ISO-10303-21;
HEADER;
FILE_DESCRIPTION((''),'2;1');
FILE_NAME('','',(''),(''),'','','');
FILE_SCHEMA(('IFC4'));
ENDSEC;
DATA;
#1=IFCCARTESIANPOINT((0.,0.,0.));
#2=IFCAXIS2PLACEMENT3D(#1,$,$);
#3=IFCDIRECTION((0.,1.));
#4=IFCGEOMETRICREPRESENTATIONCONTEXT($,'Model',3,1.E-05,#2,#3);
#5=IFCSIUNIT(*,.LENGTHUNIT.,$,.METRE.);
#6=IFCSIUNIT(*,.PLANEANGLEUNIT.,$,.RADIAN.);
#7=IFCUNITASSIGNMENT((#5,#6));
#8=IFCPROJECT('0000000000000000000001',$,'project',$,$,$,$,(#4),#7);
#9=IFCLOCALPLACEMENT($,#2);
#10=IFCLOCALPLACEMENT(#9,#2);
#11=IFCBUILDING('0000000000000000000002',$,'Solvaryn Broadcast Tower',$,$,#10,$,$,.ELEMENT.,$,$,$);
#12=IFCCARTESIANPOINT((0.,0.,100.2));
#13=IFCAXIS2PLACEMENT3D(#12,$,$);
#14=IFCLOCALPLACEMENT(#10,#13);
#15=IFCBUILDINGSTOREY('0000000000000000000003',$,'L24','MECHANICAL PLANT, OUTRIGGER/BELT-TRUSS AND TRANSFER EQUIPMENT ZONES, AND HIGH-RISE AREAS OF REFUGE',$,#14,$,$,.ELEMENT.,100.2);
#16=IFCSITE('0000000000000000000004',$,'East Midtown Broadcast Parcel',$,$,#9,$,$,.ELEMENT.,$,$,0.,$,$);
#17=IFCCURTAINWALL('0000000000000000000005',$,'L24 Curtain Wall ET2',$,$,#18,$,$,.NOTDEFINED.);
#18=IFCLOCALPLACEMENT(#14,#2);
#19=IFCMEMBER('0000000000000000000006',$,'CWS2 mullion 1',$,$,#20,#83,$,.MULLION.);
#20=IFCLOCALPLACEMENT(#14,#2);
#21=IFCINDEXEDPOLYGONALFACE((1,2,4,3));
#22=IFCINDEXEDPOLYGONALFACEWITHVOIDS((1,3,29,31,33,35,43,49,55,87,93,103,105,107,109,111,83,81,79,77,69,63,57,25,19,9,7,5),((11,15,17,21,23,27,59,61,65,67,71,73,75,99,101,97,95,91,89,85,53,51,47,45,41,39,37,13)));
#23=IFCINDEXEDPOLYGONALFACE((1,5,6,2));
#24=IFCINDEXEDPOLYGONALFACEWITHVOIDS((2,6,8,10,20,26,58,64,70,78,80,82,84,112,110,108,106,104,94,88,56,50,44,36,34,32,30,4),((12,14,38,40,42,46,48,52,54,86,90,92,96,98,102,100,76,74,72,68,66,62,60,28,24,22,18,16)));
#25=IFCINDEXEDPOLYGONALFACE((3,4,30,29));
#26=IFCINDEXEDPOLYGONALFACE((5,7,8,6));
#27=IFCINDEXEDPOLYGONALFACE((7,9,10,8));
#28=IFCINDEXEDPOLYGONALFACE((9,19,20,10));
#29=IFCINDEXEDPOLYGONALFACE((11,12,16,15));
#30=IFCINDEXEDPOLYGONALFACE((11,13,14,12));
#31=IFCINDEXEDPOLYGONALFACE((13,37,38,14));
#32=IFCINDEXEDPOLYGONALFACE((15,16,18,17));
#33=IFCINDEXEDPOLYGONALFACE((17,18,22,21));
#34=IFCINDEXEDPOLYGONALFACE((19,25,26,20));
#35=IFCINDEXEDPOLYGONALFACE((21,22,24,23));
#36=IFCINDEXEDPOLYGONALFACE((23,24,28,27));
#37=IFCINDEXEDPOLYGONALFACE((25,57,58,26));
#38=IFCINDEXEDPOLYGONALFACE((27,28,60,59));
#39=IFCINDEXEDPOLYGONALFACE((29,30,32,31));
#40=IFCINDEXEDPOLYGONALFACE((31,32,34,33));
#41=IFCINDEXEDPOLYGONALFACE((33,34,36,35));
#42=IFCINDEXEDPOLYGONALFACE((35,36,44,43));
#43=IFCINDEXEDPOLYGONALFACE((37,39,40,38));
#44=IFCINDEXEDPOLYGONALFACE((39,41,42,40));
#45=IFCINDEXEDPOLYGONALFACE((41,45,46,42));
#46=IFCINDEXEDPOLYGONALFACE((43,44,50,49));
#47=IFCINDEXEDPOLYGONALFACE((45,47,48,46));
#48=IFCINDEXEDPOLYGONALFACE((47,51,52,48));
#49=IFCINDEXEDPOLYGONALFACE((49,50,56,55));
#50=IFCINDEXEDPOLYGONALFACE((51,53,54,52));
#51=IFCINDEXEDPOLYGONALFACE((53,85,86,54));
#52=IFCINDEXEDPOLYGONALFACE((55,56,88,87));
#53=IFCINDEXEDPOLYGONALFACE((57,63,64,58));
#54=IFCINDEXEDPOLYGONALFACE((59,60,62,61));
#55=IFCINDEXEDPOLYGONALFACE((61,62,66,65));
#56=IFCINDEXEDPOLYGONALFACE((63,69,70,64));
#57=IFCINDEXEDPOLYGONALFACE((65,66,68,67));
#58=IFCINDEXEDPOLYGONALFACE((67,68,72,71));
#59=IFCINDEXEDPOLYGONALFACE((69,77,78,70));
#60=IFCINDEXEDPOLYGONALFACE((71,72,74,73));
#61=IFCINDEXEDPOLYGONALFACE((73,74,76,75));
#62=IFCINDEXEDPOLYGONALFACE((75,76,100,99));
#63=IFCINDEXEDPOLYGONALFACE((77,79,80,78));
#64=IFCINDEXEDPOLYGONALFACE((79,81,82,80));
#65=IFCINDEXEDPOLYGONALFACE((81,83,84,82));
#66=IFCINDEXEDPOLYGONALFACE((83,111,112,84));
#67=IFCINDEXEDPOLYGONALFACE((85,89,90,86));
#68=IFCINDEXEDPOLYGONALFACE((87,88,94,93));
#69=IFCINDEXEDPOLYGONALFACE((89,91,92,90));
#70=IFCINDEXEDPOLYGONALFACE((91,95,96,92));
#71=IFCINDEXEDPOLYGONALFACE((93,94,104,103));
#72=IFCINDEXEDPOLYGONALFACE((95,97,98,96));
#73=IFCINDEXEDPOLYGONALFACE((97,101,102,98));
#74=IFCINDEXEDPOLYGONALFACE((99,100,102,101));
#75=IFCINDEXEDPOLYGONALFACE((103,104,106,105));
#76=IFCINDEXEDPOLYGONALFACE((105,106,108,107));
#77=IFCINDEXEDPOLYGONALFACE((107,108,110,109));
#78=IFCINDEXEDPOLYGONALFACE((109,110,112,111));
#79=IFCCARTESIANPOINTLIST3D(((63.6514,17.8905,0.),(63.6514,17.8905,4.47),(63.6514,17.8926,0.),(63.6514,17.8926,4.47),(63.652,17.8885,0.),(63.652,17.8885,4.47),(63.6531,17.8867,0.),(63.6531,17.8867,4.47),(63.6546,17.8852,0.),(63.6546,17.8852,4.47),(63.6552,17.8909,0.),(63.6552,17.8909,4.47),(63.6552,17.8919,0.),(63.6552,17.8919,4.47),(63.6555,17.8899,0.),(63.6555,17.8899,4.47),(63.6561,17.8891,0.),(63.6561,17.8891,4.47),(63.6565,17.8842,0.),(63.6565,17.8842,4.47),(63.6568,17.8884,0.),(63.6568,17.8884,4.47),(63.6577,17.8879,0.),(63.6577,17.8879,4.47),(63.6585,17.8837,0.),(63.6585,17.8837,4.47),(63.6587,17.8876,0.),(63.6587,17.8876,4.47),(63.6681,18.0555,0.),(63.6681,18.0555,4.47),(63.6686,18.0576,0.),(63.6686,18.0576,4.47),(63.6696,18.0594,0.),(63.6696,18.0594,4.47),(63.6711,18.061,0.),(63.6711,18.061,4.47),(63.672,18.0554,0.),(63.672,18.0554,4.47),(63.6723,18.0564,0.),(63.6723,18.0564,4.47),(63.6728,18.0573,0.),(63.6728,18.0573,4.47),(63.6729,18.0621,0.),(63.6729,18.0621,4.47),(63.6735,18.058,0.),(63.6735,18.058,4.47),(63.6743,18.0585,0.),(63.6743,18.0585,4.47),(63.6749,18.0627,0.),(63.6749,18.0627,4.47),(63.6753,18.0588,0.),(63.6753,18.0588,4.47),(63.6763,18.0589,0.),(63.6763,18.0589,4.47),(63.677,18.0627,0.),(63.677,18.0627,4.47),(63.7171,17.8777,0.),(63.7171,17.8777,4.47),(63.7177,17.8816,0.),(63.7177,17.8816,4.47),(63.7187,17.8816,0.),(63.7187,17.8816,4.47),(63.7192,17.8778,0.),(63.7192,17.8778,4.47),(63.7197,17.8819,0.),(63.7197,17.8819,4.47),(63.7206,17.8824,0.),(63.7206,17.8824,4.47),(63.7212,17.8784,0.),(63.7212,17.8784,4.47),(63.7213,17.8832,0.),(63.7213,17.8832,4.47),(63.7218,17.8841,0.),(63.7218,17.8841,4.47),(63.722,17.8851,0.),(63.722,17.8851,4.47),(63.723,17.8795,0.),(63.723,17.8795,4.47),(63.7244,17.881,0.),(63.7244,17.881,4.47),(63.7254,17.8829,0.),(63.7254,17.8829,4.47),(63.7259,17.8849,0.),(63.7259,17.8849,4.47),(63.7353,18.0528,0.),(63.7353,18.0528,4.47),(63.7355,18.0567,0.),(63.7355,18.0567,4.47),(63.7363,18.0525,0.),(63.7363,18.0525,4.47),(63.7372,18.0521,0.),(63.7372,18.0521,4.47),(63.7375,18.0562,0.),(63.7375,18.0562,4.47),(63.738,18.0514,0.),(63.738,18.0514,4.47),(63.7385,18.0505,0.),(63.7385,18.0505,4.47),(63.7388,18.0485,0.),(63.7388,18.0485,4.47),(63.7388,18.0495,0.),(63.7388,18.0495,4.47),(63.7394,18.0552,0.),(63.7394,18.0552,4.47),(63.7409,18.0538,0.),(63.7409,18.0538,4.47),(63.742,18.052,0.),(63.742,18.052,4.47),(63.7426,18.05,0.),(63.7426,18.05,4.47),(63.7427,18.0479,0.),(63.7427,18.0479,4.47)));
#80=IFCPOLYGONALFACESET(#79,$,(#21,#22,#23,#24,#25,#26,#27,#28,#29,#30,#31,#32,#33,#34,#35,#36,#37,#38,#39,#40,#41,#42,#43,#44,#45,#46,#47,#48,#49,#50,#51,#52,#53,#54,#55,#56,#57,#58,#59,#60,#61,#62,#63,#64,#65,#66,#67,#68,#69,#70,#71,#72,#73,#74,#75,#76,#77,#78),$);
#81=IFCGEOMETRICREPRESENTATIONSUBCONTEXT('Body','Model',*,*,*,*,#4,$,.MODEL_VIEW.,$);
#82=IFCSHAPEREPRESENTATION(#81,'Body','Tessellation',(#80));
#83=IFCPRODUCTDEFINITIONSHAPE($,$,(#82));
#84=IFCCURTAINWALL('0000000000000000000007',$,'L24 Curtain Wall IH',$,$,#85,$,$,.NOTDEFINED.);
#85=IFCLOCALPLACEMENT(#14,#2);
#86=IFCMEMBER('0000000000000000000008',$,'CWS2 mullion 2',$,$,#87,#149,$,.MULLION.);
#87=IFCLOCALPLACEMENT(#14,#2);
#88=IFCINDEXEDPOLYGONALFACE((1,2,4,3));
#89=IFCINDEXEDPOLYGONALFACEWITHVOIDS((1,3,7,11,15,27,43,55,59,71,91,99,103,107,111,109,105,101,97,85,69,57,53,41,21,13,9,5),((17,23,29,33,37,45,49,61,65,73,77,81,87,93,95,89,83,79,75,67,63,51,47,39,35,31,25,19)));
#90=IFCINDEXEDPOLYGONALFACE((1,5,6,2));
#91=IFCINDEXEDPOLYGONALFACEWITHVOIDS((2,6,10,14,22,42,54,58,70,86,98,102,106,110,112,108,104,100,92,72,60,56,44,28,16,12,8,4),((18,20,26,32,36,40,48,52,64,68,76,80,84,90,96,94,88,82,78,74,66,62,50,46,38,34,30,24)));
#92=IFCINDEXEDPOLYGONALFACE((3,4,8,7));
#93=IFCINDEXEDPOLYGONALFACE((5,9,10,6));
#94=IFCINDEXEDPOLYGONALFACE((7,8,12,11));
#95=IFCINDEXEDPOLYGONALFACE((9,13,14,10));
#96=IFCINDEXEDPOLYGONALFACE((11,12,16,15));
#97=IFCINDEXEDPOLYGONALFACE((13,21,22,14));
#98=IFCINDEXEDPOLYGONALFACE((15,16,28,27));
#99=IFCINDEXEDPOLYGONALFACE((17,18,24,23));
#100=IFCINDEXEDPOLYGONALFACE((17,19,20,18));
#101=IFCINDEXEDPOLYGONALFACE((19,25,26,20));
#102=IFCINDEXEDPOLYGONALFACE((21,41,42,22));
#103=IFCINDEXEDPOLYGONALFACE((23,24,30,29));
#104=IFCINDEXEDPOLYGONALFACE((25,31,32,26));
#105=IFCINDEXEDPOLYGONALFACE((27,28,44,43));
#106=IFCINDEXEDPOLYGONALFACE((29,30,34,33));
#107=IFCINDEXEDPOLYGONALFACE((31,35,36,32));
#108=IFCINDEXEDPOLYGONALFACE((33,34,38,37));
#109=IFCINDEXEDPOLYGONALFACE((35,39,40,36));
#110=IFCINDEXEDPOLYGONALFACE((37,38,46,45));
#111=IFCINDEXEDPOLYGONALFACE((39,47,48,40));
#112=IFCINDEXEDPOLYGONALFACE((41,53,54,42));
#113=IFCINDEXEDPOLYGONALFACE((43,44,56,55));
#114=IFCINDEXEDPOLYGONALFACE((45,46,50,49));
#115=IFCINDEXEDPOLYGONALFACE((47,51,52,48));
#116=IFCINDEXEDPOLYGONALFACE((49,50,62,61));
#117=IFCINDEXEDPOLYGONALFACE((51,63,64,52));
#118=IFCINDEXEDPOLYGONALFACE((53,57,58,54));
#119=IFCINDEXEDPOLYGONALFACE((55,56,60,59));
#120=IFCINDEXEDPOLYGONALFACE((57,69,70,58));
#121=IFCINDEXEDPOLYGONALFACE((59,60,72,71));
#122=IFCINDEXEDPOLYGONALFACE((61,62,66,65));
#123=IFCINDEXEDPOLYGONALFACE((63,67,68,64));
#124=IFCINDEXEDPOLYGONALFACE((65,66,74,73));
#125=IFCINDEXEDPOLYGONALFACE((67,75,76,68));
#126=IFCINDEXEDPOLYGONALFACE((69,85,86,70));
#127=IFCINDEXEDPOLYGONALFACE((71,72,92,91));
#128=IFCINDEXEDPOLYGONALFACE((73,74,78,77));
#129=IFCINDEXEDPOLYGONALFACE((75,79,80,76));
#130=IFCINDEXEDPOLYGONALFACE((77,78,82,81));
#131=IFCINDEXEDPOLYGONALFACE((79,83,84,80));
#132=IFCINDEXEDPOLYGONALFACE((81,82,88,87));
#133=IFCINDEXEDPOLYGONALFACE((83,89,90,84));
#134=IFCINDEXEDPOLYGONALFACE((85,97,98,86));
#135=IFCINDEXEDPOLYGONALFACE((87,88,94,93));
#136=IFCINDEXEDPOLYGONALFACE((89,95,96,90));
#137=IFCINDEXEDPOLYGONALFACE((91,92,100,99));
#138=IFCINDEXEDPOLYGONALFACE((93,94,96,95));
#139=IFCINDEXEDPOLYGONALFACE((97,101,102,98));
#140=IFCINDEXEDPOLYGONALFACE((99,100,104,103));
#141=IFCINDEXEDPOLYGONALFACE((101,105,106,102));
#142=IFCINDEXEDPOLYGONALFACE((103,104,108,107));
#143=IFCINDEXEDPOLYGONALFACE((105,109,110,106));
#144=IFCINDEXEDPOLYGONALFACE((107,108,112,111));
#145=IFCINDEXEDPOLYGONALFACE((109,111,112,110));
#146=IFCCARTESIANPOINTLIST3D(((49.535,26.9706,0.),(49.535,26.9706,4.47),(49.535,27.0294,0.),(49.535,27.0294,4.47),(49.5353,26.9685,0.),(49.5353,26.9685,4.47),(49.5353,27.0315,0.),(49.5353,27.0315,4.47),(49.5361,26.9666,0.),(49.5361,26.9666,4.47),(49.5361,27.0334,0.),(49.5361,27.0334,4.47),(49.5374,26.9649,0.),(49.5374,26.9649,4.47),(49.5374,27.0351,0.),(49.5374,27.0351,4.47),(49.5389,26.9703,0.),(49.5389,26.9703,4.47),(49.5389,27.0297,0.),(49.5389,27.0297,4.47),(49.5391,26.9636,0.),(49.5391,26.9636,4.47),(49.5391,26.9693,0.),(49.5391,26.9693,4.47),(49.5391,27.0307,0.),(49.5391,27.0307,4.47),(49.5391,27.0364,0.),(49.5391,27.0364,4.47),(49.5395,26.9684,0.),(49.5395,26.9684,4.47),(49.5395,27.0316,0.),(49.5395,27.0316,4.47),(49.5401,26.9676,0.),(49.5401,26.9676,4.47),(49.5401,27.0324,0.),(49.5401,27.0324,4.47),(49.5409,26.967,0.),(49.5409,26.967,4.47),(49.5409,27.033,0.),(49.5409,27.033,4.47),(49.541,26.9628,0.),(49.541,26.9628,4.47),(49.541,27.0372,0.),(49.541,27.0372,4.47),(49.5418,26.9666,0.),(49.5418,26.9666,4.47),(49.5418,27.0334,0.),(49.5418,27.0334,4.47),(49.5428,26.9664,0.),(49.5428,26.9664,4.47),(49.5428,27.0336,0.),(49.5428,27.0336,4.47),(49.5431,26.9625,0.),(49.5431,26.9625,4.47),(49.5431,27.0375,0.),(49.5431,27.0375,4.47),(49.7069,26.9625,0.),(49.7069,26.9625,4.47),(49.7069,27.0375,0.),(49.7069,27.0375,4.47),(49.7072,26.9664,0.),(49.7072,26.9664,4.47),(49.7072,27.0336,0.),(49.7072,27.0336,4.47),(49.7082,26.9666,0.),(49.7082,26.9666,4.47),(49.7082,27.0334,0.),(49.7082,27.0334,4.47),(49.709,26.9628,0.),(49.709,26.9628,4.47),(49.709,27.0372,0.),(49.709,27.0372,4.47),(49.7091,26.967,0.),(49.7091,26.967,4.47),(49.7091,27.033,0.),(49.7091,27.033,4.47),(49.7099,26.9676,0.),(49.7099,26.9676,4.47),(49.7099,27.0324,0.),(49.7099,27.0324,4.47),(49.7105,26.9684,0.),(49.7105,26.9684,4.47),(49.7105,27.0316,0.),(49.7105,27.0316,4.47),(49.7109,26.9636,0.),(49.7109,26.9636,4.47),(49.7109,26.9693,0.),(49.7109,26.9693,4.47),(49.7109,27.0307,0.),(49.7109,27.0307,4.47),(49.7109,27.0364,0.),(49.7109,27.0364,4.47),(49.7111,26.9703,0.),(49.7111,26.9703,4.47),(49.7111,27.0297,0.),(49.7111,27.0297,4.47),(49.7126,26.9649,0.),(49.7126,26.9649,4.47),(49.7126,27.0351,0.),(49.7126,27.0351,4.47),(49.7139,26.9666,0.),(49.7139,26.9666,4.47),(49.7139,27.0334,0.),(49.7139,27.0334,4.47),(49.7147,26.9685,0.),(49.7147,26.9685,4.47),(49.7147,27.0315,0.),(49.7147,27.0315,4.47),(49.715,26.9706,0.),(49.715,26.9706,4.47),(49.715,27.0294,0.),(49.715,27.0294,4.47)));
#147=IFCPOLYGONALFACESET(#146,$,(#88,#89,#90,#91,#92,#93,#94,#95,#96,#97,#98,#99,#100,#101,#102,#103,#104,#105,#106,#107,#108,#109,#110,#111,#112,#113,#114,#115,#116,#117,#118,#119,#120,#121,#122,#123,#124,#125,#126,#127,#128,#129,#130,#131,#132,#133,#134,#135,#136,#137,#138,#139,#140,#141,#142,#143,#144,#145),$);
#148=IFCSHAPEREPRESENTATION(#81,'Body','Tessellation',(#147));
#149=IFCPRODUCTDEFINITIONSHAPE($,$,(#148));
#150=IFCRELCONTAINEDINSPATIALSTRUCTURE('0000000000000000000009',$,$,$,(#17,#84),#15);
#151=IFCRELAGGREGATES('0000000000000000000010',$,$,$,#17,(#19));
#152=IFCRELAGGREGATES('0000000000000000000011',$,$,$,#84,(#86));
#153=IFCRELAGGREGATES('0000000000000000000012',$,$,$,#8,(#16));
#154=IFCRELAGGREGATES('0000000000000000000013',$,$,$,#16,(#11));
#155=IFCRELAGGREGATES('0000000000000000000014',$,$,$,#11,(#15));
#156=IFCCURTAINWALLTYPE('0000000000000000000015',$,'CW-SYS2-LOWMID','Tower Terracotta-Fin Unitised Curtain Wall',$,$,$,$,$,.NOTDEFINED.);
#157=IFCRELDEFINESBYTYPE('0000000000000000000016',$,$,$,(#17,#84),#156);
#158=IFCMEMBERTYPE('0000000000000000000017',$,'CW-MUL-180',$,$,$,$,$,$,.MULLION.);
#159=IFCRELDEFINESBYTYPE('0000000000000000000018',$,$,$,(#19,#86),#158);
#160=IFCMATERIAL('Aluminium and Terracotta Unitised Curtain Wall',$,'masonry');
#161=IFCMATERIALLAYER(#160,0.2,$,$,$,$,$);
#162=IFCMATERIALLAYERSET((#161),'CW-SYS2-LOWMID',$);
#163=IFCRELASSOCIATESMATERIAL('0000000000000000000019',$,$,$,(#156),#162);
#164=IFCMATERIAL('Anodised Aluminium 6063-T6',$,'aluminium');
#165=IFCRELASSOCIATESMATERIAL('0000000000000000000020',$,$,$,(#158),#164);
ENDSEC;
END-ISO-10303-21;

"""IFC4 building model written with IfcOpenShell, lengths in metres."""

from ifc_helpers import new_model, si_unit, direction, frame, origin, origin_2d, place, context, subcontext, project, spatial, hollow_rectangle, extrude, material, layer, layer_set, material_profile, profile_set, type_object, element, aggregate, save


model = new_model("IFC4")

# Units and contexts
model_context = context("Model", 3, precision=1e-05, world=origin(), true_north=direction((0.0, 1.0)))
body_context = subcontext(model_context, "Body", "Model", "MODEL_VIEW")
ifc_project = project(units=[si_unit("LENGTHUNIT", "METRE"), si_unit("PLANEANGLEUNIT", "RADIAN")], contexts=[model_context])

# Site, building, storey
site_placement = place(None, origin())
site = spatial("IfcSite", under=ifc_project, at=site_placement, Name="East Midtown Broadcast Parcel", CompositionType="ELEMENT", RefElevation=0.0)
building_placement = place(site_placement, origin())
building = spatial("IfcBuilding", under=site, at=building_placement, Name="Solvaryn Broadcast Tower", CompositionType="ELEMENT")
storey_placement = place(building_placement, frame((0.0, 0.0, 100.2)))
storey = spatial("IfcBuildingStorey", under=building, at=storey_placement, Name="L24", Description="MECHANICAL PLANT, OUTRIGGER/BELT-TRUSS AND TRANSFER EQUIPMENT ZONES, AND HIGH-RISE AREAS OF REFUGE", CompositionType="ELEMENT", Elevation=100.2)

# Shared definitions
ifc_material_1 = material(Name="Aluminium and Terracotta Unitised Curtain Wall", Category="masonry")
ifc_layer_1 = layer(ifc_material_1, 0.2)
ifc_layer_set_1 = layer_set([ifc_layer_1], Name="CW-SYS2-LOWMID")
curtain_wall_type = type_object("IfcCurtainWallType", Name="CW-SYS2-LOWMID", Description="Tower Terracotta-Fin Unitised Curtain Wall", PredefinedType="NOTDEFINED", material=ifc_layer_set_1)
ifc_material_2 = material(Name="Anodised Aluminium 6063-T6", Category="aluminium")
ifc_material_profile_1 = material_profile(ifc_material_2, hollow_rectangle(XDim=0.075, YDim=0.1799, WallThickness=0.0039, InnerFilletRadius=0.0039, OuterFilletRadius=0.0081, at=origin_2d()))
ifc_profile_set_1 = profile_set([ifc_material_profile_1], Name="Anodised Aluminium 6063-T6")
member_type_1 = type_object("IfcMemberType", Name="CW-MUL-180", PredefinedType="MULLION", material=ifc_profile_set_1)

# Curtain wall, member
curtain_wall_1_placement = place(storey_placement, origin())
curtain_wall_1 = element("IfcCurtainWall", 1, at=curtain_wall_1_placement, inside=storey, type_object=curtain_wall_type, Name="L24 Curtain Wall ET2", PredefinedType="NOTDEFINED")
member_1_placement = place(storey_placement, frame((63.697, 17.9702, 0.0), z_axis=(0.0, 0.0, 1.0), x_axis=(0.994743, -0.1024, 0.0)))
member_1 = element("IfcMember", 2, at=member_1_placement, type_object=member_type_1, Name="CWS2 mullion 1", PredefinedType="MULLION", context=body_context, shape_type="SweptSolid", body=[
    extrude(hollow_rectangle(XDim=0.075, YDim=0.1799, WallThickness=0.0039, InnerFilletRadius=0.0039, OuterFilletRadius=0.0081, at=origin_2d()), origin(), (0.0, 0.0, 1.0), 4.47),
])

# Curtain wall, member
curtain_wall_2_placement = place(storey_placement, origin())
curtain_wall_2 = element("IfcCurtainWall", 3, at=curtain_wall_2_placement, inside=storey, type_object=curtain_wall_type, Name="L24 Curtain Wall IH", PredefinedType="NOTDEFINED")
member_2_placement = place(storey_placement, frame((49.625, 27.0, 0.0), z_axis=(0.0, 0.0, 1.0), x_axis=(0.0, 1.0, 0.0)))
member_2 = element("IfcMember", 4, at=member_2_placement, type_object=member_type_1, Name="CWS2 mullion 2", PredefinedType="MULLION", context=body_context, shape_type="SweptSolid", body=[
    extrude(hollow_rectangle(XDim=0.075, YDim=0.1799, WallThickness=0.0039, InnerFilletRadius=0.0039, OuterFilletRadius=0.0081, at=origin_2d()), origin(), (0.0, 0.0, 1.0), 4.47),
])

aggregate(curtain_wall_1, [member_1])

aggregate(curtain_wall_2, [member_2])

save(model, "model.ifc")
